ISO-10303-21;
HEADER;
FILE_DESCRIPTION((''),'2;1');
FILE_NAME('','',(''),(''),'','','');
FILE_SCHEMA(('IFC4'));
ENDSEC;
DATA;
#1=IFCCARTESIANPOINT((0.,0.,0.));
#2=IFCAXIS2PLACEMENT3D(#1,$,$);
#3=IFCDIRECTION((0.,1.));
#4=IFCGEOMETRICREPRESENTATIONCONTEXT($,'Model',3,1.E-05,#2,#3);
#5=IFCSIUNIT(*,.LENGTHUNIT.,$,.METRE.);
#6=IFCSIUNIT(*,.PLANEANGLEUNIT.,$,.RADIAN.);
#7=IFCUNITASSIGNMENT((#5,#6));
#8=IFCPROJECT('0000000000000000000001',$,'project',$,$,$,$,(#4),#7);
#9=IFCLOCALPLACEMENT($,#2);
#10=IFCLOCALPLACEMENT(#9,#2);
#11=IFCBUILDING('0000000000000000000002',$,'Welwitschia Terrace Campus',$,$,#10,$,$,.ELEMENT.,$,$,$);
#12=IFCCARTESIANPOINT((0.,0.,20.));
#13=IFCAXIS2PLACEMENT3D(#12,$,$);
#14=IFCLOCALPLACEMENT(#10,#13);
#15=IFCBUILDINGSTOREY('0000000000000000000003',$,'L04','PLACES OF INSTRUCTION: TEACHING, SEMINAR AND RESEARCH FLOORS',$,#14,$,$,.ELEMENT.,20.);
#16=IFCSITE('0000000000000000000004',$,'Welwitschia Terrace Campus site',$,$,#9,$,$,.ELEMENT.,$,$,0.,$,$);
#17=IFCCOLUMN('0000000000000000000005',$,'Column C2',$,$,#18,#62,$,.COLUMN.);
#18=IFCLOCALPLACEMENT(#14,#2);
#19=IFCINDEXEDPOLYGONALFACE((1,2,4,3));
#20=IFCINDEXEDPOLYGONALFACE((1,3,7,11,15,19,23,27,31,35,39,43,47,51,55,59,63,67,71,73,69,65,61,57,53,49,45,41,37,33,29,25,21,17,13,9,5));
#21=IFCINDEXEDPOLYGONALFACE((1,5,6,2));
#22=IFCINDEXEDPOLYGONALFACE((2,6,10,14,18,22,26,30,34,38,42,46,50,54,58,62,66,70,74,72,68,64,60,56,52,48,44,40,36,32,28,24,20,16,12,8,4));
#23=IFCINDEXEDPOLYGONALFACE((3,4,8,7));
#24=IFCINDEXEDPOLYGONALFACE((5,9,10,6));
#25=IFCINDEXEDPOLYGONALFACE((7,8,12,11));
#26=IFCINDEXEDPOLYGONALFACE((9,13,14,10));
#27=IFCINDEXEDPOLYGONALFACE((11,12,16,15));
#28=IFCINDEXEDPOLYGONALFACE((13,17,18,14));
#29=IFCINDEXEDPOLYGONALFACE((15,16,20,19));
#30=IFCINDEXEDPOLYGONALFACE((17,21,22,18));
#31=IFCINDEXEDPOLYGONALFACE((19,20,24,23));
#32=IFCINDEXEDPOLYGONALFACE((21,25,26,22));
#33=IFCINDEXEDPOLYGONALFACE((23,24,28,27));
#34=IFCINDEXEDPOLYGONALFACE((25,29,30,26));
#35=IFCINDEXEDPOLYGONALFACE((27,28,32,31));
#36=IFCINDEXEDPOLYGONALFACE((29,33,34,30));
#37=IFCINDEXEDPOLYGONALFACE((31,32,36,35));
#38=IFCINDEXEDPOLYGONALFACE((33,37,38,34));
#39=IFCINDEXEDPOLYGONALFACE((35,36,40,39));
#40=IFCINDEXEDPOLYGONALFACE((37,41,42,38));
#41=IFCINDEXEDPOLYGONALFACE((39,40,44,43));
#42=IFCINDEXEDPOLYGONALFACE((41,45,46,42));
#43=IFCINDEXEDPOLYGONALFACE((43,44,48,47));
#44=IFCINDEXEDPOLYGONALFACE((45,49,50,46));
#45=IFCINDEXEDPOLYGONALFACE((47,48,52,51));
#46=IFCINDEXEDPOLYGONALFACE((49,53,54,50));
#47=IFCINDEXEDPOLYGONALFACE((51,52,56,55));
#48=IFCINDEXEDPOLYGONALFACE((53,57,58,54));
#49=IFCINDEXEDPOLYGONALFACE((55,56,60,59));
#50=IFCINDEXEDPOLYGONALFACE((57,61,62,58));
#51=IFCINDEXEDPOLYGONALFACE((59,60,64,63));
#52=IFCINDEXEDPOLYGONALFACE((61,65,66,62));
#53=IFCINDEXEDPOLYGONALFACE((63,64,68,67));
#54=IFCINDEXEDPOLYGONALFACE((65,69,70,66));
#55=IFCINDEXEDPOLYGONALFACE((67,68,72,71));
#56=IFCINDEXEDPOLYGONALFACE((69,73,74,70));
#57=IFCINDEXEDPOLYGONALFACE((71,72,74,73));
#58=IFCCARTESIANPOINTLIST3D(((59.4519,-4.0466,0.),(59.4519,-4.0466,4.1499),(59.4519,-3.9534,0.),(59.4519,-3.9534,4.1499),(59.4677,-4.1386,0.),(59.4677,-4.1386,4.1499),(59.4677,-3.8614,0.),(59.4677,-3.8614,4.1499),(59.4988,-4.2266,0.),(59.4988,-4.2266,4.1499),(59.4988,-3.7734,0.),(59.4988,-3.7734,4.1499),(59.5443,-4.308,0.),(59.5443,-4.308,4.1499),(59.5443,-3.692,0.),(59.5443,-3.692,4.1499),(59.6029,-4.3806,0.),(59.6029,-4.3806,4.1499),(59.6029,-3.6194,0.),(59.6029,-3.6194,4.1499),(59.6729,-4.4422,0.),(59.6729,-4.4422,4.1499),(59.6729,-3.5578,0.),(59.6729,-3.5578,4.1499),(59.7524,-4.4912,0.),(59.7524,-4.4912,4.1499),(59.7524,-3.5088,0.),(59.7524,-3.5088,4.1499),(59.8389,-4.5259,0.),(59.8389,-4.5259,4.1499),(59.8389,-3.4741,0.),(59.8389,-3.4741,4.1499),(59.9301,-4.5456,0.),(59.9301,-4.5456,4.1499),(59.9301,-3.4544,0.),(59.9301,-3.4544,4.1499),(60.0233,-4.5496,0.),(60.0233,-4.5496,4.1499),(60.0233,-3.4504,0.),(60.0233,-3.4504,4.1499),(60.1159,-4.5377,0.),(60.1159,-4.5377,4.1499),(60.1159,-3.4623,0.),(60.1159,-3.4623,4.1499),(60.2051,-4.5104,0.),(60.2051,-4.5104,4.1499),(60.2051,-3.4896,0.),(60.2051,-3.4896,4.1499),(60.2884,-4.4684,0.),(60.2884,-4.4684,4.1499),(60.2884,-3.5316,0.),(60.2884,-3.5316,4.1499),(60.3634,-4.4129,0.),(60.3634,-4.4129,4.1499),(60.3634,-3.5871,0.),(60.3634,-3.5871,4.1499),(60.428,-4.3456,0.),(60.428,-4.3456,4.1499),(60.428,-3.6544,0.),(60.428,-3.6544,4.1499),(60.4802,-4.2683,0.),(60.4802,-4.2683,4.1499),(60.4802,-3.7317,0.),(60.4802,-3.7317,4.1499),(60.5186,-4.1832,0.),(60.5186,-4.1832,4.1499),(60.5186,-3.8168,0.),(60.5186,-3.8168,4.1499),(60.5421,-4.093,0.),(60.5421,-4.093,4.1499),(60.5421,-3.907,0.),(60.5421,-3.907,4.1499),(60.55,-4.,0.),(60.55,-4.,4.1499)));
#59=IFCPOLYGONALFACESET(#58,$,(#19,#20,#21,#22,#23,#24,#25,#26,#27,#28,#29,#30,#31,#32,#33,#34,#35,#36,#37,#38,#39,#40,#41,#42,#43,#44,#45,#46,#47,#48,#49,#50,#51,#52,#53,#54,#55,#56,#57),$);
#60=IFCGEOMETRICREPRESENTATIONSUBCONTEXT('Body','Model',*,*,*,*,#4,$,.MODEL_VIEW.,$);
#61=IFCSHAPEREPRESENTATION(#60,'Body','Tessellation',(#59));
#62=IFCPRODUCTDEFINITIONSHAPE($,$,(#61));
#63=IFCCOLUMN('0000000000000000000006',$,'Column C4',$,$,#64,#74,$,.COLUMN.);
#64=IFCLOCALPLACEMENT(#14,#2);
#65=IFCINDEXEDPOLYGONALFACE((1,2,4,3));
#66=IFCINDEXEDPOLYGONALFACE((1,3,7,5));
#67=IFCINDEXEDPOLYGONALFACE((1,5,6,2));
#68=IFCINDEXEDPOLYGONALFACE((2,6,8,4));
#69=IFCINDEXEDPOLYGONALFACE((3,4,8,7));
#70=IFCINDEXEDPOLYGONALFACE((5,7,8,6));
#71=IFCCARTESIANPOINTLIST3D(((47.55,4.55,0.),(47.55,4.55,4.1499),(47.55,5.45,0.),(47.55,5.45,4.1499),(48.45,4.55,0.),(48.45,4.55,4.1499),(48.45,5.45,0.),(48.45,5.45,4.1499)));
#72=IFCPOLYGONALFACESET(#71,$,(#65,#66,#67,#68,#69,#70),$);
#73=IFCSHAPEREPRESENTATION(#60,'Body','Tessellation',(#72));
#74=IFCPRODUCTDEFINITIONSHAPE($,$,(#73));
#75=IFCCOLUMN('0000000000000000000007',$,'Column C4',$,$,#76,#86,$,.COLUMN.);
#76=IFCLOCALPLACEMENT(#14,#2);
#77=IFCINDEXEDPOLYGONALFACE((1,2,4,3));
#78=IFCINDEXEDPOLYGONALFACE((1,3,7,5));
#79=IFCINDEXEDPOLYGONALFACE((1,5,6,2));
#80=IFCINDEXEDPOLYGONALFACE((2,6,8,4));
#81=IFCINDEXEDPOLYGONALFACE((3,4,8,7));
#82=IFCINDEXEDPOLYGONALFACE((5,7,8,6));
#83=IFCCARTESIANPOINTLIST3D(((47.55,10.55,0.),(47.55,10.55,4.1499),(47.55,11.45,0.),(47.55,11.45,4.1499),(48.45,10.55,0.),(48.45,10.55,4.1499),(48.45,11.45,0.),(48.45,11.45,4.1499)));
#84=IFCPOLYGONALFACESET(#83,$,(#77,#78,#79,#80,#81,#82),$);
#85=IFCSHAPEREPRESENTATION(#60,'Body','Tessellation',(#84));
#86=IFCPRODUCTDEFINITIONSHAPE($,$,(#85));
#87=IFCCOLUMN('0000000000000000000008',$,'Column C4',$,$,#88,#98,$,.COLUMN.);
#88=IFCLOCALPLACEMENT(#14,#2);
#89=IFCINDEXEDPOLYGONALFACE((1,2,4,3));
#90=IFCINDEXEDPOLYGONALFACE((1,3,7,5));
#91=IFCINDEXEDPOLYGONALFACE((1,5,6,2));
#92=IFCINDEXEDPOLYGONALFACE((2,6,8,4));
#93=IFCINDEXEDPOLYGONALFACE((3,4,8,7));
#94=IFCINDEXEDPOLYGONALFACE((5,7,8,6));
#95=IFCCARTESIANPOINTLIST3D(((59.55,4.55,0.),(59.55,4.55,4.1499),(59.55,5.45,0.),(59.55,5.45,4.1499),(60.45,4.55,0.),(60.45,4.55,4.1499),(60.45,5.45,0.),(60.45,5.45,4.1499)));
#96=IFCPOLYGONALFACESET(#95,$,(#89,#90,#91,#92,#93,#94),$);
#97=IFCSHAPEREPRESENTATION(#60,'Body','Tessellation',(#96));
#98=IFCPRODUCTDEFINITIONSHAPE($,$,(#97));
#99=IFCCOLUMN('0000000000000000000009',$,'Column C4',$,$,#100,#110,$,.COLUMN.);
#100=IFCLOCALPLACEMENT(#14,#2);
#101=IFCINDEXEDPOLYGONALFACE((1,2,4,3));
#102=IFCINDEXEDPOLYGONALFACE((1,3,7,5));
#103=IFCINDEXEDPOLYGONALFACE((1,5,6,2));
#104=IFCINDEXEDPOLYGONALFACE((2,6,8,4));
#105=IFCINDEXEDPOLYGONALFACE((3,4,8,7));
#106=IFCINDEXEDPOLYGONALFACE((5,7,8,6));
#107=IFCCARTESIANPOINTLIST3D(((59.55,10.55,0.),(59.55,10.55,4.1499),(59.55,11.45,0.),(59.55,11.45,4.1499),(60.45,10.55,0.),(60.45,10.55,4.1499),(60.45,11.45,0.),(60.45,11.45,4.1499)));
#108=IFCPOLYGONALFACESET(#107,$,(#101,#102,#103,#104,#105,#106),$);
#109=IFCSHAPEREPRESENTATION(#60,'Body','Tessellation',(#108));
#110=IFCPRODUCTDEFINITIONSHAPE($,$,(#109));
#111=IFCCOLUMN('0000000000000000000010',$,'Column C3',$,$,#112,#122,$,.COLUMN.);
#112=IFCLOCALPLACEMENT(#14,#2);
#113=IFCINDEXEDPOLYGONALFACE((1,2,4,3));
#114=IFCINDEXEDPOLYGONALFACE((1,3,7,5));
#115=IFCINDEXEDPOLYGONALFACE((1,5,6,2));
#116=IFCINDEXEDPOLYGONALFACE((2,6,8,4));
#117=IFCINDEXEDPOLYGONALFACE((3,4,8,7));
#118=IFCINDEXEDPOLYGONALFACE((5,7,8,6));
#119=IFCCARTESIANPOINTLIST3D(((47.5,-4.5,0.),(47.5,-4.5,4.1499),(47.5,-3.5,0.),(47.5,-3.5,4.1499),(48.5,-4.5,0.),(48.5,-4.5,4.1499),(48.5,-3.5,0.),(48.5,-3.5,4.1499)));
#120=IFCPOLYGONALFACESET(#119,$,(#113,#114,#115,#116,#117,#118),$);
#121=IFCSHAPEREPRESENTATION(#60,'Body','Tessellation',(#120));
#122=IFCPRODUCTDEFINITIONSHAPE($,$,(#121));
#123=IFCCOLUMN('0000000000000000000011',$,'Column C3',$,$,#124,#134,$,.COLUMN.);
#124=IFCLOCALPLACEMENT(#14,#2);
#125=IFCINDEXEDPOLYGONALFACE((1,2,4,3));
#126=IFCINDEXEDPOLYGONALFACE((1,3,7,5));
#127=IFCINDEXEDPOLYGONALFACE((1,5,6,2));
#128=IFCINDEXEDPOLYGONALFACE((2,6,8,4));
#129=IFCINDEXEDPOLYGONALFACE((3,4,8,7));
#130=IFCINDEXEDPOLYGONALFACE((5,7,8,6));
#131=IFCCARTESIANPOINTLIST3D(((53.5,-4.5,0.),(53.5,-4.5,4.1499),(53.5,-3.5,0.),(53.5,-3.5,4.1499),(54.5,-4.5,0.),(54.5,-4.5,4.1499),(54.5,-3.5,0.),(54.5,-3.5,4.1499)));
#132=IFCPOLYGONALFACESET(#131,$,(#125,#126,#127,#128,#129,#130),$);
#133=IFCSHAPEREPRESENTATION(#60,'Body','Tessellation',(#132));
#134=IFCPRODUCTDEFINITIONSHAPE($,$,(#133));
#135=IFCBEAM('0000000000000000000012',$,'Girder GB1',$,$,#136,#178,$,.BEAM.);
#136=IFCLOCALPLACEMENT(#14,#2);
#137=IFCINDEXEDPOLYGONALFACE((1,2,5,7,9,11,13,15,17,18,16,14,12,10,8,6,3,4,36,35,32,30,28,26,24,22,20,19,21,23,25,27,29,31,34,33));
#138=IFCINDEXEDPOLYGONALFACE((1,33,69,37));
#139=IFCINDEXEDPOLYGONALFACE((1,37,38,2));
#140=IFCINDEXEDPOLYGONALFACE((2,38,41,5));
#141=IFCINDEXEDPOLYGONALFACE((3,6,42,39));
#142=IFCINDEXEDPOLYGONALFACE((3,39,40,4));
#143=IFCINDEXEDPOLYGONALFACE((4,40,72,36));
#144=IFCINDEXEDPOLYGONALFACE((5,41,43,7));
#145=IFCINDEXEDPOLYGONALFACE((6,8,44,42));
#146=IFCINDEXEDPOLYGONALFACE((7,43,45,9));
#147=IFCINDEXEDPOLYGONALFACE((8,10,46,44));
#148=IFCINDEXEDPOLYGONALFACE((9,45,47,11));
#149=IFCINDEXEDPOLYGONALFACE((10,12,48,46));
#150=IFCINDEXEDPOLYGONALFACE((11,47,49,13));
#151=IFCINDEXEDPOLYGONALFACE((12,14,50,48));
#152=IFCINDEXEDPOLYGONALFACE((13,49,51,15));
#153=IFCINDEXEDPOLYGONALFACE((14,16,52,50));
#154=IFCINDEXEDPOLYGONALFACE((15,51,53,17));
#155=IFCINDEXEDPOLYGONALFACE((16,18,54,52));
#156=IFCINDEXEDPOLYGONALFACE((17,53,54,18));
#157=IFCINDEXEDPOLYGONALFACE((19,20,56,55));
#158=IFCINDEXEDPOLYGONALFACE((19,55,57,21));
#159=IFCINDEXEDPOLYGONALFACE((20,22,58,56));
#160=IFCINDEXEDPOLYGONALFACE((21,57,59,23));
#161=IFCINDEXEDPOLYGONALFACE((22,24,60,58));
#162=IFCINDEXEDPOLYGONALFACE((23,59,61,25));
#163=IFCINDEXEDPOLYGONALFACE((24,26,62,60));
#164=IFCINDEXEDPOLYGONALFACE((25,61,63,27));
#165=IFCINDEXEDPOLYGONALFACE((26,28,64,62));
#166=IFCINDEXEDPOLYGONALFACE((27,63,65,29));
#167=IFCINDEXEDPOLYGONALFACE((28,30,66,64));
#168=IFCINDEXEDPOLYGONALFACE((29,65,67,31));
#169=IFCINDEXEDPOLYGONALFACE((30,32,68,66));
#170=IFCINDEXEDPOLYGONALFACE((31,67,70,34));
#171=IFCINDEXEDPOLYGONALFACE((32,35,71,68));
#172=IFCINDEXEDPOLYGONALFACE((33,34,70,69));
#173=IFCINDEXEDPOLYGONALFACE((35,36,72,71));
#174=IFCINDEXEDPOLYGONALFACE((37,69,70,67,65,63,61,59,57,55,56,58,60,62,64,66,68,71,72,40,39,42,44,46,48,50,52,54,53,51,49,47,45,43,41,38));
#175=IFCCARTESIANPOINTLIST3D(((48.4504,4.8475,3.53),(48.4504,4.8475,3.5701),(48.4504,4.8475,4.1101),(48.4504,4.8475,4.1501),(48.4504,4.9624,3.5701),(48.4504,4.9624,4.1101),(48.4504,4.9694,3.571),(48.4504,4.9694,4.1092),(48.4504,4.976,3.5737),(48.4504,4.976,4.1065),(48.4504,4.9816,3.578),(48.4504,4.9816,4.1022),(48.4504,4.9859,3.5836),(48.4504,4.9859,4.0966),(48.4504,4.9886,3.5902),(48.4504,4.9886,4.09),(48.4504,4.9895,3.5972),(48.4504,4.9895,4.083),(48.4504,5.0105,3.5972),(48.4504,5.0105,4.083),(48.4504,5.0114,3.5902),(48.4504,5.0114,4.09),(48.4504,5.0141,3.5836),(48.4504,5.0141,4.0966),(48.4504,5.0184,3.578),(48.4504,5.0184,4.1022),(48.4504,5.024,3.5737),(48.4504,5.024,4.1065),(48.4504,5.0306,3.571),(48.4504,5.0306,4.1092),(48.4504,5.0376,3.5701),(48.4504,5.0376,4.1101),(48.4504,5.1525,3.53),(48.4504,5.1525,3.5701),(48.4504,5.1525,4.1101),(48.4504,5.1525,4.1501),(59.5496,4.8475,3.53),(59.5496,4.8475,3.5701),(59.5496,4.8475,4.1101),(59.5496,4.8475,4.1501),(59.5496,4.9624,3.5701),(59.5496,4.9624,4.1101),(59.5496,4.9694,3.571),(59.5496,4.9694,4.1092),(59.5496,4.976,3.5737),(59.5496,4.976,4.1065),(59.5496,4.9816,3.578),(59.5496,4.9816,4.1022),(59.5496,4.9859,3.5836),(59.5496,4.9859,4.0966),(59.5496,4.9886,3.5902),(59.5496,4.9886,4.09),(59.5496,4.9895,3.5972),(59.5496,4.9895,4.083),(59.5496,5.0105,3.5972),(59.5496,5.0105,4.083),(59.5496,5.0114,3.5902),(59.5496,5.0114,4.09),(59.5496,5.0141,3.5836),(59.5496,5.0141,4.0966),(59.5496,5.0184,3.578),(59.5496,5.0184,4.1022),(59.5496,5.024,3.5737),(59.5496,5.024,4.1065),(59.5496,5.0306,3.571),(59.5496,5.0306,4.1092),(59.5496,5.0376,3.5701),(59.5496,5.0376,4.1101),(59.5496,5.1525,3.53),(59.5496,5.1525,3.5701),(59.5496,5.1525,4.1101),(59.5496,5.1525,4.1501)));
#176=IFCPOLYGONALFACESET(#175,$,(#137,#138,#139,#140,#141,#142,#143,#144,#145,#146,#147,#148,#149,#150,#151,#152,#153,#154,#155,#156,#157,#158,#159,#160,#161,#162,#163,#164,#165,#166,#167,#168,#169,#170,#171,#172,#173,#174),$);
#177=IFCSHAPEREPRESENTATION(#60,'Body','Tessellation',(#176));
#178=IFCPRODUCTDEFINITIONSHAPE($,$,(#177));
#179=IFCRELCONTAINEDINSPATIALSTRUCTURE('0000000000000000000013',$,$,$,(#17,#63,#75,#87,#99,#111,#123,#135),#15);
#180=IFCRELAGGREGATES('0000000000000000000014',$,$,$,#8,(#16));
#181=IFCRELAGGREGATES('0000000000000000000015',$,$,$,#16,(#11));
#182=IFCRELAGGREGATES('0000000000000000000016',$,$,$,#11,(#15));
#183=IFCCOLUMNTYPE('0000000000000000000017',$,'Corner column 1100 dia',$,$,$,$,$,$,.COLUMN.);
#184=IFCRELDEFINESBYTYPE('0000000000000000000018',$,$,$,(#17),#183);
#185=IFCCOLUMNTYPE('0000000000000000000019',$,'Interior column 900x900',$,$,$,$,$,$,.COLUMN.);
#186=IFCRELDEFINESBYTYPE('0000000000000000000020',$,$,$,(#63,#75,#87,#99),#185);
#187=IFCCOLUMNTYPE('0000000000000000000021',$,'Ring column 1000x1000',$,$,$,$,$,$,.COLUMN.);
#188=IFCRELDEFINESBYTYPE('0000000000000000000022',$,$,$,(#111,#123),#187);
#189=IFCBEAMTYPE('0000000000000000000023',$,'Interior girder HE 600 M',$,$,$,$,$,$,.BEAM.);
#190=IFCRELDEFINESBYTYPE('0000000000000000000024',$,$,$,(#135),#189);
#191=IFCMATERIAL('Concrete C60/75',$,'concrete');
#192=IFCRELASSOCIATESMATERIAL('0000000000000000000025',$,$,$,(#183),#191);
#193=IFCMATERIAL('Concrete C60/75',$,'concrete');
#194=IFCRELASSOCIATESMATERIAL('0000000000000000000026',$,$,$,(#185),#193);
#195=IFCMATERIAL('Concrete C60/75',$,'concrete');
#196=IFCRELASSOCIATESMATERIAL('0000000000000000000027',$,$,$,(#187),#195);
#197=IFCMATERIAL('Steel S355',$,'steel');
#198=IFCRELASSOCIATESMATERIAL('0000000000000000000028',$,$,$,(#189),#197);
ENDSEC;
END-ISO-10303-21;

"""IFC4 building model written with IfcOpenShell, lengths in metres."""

from ifc_helpers import new_model, si_unit, direction, frame, origin, origin_2d, place, context, subcontext, project, spatial, rectangle, circle, i_section, extrude, material, material_profile, profile_set, type_object, element, save


model = new_model("IFC4")

# Units and contexts
model_context = context("Model", 3, precision=1e-05, world=origin(), true_north=direction((0.0, 1.0)))
body_context = subcontext(model_context, "Body", "Model", "MODEL_VIEW")
ifc_project = project(units=[si_unit("LENGTHUNIT", "METRE"), si_unit("PLANEANGLEUNIT", "RADIAN")], contexts=[model_context])

# Site, building, storey
site_placement = place(None, origin())
site = spatial("IfcSite", under=ifc_project, at=site_placement, Name="Welwitschia Terrace Campus site", CompositionType="ELEMENT", RefElevation=0.0)
building_placement = place(site_placement, origin())
building = spatial("IfcBuilding", under=site, at=building_placement, Name="Welwitschia Terrace Campus", CompositionType="ELEMENT")
storey_placement = place(building_placement, frame((0.0, 0.0, 20.0)))
storey = spatial("IfcBuildingStorey", under=building, at=storey_placement, Name="L04", Description="PLACES OF INSTRUCTION: TEACHING, SEMINAR AND RESEARCH FLOORS", CompositionType="ELEMENT", Elevation=20.0)

# Columns
ifc_material_1 = material(Name="Concrete C60/75", Category="concrete")
ifc_material_profile_1 = material_profile(ifc_material_1, circle(Radius=0.55, at=origin_2d()))
ifc_profile_set_1 = profile_set([ifc_material_profile_1], Name="Concrete C60/75")
column_type_1 = type_object("IfcColumnType", Name="Corner column 1100 dia", PredefinedType="COLUMN", material=ifc_profile_set_1)
column_placement = place(storey_placement, frame((60.0, -4.0, 0.0), z_axis=(0.0, 0.0, 1.0), x_axis=(1.0, 0.0, 0.0)))
element("IfcColumn", 1, at=column_placement, inside=storey, type_object=column_type_1, Name="Column C2", PredefinedType="COLUMN", context=body_context, shape_type="SweptSolid", body=[
    extrude(circle(Radius=0.55, at=origin_2d()), origin(), (0.0, 0.0, 1.0), 4.1499),
])
ifc_material_2 = material(Name="Concrete C60/75", Category="concrete")
ifc_material_profile_2 = material_profile(ifc_material_2, rectangle(XDim=0.8999, YDim=0.8999, at=origin_2d()))
ifc_profile_set_2 = profile_set([ifc_material_profile_2], Name="Concrete C60/75")
column_type_2 = type_object("IfcColumnType", Name="Interior column 900x900", PredefinedType="COLUMN", material=ifc_profile_set_2)
for number, where, z_axis, x_axis, name in (
    (2, (48.0, 5.0, 0.0), (0.0, 0.0, 1.0), (1.0, 0.0, 0.0), "Column C4"),
    (3, (48.0, 11.0, 0.0), (0.0, 0.0, 1.0), (1.0, 0.0, 0.0), "Column C4"),
    (4, (60.0, 5.0, 0.0), (0.0, 0.0, 1.0), (1.0, 0.0, 0.0), "Column C4"),
    (5, (60.0, 11.0, 0.0), (0.0, 0.0, 1.0), (1.0, 0.0, 0.0), "Column C4"),
):
    element("IfcColumn", number, at=place(storey_placement, frame(where, z_axis=z_axis, x_axis=x_axis)), inside=storey, type_object=column_type_2, Name=name, PredefinedType="COLUMN", context=body_context, shape_type="SweptSolid", body=[
        extrude(rectangle(XDim=0.8999, YDim=0.8999, at=origin_2d()), origin(), (0.0, 0.0, 1.0), 4.1499),
    ])
ifc_material_3 = material(Name="Concrete C60/75", Category="concrete")
ifc_material_profile_3 = material_profile(ifc_material_3, rectangle(XDim=1.0, YDim=1.0, at=origin_2d()))
ifc_profile_set_3 = profile_set([ifc_material_profile_3], Name="Concrete C60/75")
column_type_3 = type_object("IfcColumnType", Name="Ring column 1000x1000", PredefinedType="COLUMN", material=ifc_profile_set_3)
for number, where, z_axis, x_axis, name in (
    (6, (48.0, -4.0, 0.0), (0.0, 0.0, 1.0), (1.0, 0.0, 0.0), "Column C3"),
    (7, (54.0, -4.0, 0.0), (0.0, 0.0, 1.0), (1.0, 0.0, 0.0), "Column C3"),
):
    element("IfcColumn", number, at=place(storey_placement, frame(where, z_axis=z_axis, x_axis=x_axis)), inside=storey, type_object=column_type_3, Name=name, PredefinedType="COLUMN", context=body_context, shape_type="SweptSolid", body=[
        extrude(rectangle(XDim=1.0, YDim=1.0, at=origin_2d()), origin(), (0.0, 0.0, 1.0), 4.1499),
    ])

# Beam
ifc_material_4 = material(Name="Steel S355", Category="steel")
ifc_material_profile_4 = material_profile(ifc_material_4, i_section(OverallWidth=0.3049, OverallDepth=0.6201, WebThickness=0.021, FlangeThickness=0.04, FilletRadius=0.0271, at=origin_2d()))
ifc_profile_set_4 = profile_set([ifc_material_profile_4], Name="Steel S355")
beam_type_1 = type_object("IfcBeamType", Name="Interior girder HE 600 M", PredefinedType="BEAM", material=ifc_profile_set_4)
for number, where, z_axis, x_axis, name in (
    (8, (48.4504, 5.0, 3.8401), (1.0, 0.0, 0.0), (0.0, 1.0, 0.0), "Girder GB1"),
):
    element("IfcBeam", number, at=place(storey_placement, frame(where, z_axis=z_axis, x_axis=x_axis)), inside=storey, type_object=beam_type_1, Name=name, PredefinedType="BEAM", context=body_context, shape_type="SweptSolid", body=[
        extrude(i_section(OverallWidth=0.3049, OverallDepth=0.6201, WebThickness=0.021, FlangeThickness=0.04, FilletRadius=0.0271, at=origin_2d()), origin(), (0.0, 0.0, 1.0), 11.0991),
    ])

save(model, "model.ifc")
